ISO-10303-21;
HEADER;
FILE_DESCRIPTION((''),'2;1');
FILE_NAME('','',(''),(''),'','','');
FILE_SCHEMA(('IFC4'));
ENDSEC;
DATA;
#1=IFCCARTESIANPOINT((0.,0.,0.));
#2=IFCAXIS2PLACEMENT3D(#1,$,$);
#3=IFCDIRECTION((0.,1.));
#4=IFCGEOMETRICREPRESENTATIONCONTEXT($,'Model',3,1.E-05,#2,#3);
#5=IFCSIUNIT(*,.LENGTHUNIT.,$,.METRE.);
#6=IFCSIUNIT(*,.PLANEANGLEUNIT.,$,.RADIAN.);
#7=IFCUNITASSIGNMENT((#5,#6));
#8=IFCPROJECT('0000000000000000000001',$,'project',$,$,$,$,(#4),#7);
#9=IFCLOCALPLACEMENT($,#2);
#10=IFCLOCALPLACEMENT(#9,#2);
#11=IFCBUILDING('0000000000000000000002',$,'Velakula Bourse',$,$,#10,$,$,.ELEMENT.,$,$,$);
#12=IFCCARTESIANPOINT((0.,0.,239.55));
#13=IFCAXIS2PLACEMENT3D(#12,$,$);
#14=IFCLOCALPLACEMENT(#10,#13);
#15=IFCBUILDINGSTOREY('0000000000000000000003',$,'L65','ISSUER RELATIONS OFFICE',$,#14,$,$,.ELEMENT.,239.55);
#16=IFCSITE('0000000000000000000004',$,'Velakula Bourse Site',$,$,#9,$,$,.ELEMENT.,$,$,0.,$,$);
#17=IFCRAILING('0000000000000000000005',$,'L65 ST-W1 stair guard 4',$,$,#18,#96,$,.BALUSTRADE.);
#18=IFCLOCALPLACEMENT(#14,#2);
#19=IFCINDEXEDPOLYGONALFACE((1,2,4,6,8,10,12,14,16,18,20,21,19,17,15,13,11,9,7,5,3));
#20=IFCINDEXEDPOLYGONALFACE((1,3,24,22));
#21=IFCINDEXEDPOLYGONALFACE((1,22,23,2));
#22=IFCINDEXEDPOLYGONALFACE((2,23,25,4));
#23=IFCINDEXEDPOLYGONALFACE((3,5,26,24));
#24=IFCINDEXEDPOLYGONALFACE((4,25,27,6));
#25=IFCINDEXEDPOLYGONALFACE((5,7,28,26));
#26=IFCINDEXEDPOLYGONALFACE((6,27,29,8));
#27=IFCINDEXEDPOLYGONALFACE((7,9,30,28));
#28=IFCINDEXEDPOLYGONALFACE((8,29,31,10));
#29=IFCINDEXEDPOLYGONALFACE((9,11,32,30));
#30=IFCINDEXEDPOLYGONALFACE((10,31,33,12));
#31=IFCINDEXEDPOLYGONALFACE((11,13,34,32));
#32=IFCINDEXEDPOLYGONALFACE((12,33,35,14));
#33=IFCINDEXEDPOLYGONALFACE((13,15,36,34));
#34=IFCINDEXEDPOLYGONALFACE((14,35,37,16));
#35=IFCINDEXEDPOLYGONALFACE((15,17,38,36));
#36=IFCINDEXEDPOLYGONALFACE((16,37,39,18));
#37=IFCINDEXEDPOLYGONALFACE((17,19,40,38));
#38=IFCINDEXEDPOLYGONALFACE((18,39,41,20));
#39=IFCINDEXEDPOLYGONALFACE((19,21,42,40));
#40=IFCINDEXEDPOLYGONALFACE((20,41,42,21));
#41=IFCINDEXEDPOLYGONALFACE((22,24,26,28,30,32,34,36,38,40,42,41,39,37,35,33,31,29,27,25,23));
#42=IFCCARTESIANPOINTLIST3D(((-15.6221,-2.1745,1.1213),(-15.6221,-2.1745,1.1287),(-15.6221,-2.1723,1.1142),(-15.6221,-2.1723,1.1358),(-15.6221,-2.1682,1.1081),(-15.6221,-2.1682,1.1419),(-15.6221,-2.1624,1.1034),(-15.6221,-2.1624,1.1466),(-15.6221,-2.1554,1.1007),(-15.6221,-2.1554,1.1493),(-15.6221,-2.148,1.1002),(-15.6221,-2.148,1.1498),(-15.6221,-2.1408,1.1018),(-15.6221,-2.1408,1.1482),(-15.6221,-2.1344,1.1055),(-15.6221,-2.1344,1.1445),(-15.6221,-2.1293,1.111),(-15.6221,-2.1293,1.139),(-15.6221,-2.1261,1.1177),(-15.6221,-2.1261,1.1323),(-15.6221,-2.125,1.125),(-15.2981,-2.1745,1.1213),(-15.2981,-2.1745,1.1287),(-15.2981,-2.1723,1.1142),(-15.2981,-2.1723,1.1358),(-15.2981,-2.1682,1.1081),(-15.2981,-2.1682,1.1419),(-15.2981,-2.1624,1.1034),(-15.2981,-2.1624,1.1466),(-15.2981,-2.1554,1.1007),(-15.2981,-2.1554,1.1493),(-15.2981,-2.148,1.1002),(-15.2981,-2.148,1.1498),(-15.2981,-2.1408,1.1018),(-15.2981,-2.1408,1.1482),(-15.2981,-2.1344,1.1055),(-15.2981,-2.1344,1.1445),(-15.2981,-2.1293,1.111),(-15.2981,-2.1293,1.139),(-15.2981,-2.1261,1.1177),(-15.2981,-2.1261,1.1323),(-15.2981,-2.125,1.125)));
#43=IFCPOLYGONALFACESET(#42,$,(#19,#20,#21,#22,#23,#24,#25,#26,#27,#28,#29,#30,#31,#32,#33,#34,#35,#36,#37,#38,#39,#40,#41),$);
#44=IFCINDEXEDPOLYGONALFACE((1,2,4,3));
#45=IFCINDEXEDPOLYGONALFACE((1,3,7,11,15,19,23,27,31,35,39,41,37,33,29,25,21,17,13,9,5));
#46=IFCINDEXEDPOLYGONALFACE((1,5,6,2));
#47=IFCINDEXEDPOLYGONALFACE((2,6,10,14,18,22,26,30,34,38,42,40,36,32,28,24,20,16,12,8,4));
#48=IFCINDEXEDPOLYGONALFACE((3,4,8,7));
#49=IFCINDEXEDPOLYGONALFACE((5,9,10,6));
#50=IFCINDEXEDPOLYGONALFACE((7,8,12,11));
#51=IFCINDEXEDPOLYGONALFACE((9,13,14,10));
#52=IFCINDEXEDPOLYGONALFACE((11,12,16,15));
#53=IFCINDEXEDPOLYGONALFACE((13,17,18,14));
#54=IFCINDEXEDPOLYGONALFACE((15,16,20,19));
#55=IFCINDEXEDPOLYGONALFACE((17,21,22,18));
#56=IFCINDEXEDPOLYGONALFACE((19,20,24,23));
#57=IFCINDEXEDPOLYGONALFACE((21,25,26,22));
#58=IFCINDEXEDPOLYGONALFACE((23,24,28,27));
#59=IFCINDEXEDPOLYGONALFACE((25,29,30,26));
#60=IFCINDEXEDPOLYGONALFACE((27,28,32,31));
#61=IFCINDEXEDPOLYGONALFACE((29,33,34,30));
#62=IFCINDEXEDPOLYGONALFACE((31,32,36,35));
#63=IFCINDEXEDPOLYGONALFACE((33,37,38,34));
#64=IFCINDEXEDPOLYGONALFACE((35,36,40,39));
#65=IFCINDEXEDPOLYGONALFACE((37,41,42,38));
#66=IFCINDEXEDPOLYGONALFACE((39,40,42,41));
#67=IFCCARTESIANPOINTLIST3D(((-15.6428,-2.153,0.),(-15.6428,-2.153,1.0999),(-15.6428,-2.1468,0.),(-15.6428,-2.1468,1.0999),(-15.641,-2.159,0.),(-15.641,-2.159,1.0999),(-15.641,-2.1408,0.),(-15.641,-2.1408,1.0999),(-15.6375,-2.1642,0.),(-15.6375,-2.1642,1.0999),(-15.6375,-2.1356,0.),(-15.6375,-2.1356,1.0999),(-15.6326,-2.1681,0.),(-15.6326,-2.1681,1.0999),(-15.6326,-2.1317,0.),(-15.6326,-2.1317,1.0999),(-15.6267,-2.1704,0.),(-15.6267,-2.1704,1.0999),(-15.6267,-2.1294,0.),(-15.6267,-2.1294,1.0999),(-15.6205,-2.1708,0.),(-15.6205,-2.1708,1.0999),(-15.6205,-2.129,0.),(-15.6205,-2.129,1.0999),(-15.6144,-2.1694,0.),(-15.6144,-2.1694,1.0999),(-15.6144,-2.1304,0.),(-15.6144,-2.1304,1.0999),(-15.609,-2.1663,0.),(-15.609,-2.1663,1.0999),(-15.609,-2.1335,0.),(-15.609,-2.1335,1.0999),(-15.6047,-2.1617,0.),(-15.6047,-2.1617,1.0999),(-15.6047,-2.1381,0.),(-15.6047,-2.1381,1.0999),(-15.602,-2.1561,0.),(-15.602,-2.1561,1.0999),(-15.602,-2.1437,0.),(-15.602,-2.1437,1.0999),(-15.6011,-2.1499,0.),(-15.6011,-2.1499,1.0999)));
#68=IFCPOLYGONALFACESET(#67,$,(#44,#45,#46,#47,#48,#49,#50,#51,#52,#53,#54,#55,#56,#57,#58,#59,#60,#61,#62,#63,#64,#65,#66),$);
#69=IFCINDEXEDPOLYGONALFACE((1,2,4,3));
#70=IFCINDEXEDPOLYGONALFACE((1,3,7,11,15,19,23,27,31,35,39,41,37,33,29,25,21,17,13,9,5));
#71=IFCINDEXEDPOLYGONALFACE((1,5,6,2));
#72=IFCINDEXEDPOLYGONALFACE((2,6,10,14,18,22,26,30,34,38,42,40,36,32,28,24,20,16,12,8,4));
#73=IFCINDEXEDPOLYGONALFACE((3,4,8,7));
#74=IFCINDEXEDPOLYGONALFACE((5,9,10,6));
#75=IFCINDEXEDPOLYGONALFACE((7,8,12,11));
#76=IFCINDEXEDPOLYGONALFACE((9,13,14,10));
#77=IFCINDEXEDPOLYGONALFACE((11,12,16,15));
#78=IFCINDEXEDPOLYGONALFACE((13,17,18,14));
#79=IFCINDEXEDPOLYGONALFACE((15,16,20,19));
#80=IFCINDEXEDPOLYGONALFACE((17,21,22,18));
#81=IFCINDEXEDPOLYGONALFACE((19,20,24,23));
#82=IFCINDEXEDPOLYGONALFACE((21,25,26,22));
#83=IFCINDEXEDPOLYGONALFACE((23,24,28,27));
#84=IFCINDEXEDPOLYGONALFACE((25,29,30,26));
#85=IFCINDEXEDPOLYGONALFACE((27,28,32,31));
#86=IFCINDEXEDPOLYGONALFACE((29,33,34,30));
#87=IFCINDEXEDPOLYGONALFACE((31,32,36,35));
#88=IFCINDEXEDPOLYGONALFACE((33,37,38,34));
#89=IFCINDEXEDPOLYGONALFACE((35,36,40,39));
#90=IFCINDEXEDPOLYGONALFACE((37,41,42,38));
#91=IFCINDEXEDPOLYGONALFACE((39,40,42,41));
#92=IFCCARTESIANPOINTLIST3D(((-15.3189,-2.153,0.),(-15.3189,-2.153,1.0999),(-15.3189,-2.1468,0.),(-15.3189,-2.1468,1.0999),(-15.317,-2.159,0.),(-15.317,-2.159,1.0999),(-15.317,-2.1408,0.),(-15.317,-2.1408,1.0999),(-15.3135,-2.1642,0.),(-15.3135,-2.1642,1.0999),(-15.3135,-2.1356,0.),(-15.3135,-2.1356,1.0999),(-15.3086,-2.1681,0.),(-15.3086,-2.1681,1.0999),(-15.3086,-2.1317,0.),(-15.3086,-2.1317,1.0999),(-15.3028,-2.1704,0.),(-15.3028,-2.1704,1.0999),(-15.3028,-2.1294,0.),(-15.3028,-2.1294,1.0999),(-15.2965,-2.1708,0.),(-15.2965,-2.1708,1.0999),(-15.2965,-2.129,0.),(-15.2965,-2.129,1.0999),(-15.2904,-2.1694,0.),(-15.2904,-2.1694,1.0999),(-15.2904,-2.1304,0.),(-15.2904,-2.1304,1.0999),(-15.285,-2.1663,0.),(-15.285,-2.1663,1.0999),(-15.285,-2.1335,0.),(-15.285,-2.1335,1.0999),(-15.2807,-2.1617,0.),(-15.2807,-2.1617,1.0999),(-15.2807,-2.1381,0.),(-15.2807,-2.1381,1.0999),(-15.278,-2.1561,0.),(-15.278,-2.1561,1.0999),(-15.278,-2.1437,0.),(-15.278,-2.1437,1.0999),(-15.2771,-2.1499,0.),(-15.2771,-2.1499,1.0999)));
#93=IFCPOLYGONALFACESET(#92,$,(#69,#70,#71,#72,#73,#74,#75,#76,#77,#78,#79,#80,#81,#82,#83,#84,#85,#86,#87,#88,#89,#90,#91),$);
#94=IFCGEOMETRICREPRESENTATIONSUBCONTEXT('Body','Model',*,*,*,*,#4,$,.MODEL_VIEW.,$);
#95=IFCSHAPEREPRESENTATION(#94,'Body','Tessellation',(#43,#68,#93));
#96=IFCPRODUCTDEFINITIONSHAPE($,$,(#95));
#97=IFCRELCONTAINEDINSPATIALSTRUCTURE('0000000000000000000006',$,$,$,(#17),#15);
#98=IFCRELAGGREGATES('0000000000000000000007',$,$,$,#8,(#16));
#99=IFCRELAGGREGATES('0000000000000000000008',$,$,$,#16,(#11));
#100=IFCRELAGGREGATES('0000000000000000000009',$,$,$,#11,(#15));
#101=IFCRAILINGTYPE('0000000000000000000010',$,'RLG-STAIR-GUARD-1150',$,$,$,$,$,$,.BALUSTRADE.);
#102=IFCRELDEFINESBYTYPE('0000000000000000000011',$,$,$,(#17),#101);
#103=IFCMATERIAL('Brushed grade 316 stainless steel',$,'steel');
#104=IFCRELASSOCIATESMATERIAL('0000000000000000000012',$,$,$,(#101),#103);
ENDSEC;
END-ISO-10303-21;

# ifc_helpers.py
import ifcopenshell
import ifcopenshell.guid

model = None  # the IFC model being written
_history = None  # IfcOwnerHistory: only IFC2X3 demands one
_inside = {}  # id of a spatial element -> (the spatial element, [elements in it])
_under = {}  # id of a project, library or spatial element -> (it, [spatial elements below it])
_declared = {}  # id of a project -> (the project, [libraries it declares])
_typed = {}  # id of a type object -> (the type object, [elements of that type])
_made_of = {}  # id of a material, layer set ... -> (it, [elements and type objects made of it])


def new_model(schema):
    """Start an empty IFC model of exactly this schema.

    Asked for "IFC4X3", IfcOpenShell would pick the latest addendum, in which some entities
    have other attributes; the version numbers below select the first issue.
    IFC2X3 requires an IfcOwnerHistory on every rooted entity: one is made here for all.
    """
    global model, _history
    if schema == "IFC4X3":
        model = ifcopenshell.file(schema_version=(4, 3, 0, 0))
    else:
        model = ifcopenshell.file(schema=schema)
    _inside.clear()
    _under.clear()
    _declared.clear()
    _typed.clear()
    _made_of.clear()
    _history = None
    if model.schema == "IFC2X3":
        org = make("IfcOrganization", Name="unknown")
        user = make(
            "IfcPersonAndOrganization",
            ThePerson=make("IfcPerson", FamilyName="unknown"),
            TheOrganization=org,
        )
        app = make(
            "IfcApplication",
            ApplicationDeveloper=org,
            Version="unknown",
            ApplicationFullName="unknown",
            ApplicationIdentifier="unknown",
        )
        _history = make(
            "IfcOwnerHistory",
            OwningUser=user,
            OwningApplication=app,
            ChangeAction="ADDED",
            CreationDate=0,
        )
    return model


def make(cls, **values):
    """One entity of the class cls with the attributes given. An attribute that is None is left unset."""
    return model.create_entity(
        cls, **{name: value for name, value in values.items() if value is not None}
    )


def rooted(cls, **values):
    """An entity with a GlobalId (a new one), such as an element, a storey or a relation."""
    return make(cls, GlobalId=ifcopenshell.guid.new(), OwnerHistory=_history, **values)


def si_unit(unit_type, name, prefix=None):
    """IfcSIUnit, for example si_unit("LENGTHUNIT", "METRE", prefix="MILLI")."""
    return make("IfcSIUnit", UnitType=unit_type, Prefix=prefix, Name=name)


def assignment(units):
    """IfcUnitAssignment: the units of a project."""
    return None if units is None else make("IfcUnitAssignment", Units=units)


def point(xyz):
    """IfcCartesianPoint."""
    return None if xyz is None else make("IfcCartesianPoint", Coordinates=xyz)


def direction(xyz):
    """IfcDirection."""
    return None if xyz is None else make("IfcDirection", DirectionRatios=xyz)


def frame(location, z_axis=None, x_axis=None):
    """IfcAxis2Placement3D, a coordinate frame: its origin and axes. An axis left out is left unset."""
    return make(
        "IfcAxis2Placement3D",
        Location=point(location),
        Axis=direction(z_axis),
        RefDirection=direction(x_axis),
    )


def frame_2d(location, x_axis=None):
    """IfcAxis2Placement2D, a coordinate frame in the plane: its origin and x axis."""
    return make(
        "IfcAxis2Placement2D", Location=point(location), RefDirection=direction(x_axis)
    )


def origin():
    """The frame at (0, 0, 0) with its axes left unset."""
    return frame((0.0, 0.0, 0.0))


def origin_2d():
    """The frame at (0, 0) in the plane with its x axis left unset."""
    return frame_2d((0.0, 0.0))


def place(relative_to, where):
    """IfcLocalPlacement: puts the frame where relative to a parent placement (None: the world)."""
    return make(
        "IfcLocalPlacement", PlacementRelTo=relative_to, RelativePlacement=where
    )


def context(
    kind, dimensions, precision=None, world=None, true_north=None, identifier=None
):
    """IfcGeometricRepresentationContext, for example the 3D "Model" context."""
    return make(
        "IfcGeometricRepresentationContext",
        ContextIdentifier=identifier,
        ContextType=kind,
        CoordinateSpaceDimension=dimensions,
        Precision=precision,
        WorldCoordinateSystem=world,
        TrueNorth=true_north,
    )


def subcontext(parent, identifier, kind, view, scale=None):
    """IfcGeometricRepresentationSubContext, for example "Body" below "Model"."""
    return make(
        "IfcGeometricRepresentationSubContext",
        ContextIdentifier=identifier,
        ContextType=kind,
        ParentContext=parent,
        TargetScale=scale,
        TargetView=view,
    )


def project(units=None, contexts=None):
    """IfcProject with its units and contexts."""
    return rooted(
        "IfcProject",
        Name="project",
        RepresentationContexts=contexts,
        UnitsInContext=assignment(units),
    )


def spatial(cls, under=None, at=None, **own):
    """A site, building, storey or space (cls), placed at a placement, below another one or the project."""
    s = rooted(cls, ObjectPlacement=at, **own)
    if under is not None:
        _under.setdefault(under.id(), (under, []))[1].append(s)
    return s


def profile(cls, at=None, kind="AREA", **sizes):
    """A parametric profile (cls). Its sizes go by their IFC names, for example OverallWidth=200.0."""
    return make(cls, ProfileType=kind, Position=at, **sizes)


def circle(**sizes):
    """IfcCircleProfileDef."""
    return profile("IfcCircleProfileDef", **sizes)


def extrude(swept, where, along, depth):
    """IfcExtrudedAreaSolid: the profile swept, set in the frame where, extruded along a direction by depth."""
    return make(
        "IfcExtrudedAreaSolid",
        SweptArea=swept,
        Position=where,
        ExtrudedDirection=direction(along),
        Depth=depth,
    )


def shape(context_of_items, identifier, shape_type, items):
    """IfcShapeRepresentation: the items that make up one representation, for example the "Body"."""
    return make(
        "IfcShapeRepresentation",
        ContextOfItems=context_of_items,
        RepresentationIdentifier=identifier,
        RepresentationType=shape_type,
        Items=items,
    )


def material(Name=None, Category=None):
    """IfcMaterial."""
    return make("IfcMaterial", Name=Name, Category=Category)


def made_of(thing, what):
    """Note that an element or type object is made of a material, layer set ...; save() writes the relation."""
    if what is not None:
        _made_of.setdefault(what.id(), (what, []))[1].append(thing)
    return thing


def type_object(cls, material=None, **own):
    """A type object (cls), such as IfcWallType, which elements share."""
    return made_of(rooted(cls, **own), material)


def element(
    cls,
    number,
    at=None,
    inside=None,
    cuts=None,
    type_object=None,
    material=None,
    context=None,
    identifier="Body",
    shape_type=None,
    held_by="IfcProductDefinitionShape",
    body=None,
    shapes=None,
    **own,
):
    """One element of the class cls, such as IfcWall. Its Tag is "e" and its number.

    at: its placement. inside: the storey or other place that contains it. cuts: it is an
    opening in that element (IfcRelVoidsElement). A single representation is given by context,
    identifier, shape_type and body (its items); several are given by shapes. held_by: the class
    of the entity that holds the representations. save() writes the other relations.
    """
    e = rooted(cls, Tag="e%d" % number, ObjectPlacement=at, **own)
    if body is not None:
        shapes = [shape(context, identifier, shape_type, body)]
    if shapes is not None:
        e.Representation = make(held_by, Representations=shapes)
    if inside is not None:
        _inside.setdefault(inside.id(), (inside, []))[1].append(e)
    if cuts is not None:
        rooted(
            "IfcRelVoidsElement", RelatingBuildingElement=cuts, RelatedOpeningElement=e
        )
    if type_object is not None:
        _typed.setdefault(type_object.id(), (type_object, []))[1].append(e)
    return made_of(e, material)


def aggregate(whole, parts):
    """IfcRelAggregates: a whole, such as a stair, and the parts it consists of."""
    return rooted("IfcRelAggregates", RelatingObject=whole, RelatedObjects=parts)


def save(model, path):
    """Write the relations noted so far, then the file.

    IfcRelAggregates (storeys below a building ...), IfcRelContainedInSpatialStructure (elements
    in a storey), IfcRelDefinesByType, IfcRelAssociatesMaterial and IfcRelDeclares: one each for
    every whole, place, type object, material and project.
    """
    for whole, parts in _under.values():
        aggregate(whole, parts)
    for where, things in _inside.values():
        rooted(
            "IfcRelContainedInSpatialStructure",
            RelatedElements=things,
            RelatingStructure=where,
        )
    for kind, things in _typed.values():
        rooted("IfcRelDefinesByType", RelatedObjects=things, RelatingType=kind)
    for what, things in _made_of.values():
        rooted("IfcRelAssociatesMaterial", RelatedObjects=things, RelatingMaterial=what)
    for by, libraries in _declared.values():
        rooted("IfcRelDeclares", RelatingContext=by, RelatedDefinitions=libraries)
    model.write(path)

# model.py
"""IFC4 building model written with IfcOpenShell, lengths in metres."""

from ifc_helpers import new_model, si_unit, direction, frame, origin, origin_2d, place, context, subcontext, project, spatial, circle, extrude, material, type_object, element, save


model = new_model("IFC4")

# Units and contexts
model_context = context("Model", 3, precision=1e-05, world=origin(), true_north=direction((0.0, 1.0)))
body_context = subcontext(model_context, "Body", "Model", "MODEL_VIEW")
ifc_project = project(units=[si_unit("LENGTHUNIT", "METRE"), si_unit("PLANEANGLEUNIT", "RADIAN")], contexts=[model_context])

# Site, building, storey
site_placement = place(None, origin())
site = spatial("IfcSite", under=ifc_project, at=site_placement, Name="Velakula Bourse Site", CompositionType="ELEMENT", RefElevation=0.0)
building_placement = place(site_placement, origin())
building = spatial("IfcBuilding", under=site, at=building_placement, Name="Velakula Bourse", CompositionType="ELEMENT")
storey_placement = place(building_placement, frame((0.0, 0.0, 239.55)))
storey = spatial("IfcBuildingStorey", under=building, at=storey_placement, Name="L65", Description="ISSUER RELATIONS OFFICE", CompositionType="ELEMENT", Elevation=239.55)

# Shared definitions
ifc_material_1 = material(Name="Brushed grade 316 stainless steel", Category="steel")

# Railing
railing_type_1 = type_object("IfcRailingType", Name="RLG-STAIR-GUARD-1150", PredefinedType="BALUSTRADE", material=ifc_material_1)
railing_1_placement = place(storey_placement, frame((-15.6221, -2.1499, 0.0)))
element("IfcRailing", 1, at=railing_1_placement, inside=storey, type_object=railing_type_1, Name="L65 ST-W1 stair guard 4", PredefinedType="BALUSTRADE", context=body_context, shape_type="SweptSolid", body=[
    extrude(circle(Radius=0.0249, at=origin_2d()), frame((0.0, 0.0, 1.125), z_axis=(1.0, 0.0, 0.0), x_axis=(0.0, 1.0, 0.0)), (0.0, 0.0, 1.0), 0.324),
    extrude(circle(Radius=0.021, at=origin_2d()), origin(), (0.0, 0.0, 1.0), 1.0999),
    extrude(circle(Radius=0.021, at=origin_2d()), frame((0.324, 0.0, 0.0)), (0.0, 0.0, 1.0), 1.0999),
])

save(model, "model.ifc")
